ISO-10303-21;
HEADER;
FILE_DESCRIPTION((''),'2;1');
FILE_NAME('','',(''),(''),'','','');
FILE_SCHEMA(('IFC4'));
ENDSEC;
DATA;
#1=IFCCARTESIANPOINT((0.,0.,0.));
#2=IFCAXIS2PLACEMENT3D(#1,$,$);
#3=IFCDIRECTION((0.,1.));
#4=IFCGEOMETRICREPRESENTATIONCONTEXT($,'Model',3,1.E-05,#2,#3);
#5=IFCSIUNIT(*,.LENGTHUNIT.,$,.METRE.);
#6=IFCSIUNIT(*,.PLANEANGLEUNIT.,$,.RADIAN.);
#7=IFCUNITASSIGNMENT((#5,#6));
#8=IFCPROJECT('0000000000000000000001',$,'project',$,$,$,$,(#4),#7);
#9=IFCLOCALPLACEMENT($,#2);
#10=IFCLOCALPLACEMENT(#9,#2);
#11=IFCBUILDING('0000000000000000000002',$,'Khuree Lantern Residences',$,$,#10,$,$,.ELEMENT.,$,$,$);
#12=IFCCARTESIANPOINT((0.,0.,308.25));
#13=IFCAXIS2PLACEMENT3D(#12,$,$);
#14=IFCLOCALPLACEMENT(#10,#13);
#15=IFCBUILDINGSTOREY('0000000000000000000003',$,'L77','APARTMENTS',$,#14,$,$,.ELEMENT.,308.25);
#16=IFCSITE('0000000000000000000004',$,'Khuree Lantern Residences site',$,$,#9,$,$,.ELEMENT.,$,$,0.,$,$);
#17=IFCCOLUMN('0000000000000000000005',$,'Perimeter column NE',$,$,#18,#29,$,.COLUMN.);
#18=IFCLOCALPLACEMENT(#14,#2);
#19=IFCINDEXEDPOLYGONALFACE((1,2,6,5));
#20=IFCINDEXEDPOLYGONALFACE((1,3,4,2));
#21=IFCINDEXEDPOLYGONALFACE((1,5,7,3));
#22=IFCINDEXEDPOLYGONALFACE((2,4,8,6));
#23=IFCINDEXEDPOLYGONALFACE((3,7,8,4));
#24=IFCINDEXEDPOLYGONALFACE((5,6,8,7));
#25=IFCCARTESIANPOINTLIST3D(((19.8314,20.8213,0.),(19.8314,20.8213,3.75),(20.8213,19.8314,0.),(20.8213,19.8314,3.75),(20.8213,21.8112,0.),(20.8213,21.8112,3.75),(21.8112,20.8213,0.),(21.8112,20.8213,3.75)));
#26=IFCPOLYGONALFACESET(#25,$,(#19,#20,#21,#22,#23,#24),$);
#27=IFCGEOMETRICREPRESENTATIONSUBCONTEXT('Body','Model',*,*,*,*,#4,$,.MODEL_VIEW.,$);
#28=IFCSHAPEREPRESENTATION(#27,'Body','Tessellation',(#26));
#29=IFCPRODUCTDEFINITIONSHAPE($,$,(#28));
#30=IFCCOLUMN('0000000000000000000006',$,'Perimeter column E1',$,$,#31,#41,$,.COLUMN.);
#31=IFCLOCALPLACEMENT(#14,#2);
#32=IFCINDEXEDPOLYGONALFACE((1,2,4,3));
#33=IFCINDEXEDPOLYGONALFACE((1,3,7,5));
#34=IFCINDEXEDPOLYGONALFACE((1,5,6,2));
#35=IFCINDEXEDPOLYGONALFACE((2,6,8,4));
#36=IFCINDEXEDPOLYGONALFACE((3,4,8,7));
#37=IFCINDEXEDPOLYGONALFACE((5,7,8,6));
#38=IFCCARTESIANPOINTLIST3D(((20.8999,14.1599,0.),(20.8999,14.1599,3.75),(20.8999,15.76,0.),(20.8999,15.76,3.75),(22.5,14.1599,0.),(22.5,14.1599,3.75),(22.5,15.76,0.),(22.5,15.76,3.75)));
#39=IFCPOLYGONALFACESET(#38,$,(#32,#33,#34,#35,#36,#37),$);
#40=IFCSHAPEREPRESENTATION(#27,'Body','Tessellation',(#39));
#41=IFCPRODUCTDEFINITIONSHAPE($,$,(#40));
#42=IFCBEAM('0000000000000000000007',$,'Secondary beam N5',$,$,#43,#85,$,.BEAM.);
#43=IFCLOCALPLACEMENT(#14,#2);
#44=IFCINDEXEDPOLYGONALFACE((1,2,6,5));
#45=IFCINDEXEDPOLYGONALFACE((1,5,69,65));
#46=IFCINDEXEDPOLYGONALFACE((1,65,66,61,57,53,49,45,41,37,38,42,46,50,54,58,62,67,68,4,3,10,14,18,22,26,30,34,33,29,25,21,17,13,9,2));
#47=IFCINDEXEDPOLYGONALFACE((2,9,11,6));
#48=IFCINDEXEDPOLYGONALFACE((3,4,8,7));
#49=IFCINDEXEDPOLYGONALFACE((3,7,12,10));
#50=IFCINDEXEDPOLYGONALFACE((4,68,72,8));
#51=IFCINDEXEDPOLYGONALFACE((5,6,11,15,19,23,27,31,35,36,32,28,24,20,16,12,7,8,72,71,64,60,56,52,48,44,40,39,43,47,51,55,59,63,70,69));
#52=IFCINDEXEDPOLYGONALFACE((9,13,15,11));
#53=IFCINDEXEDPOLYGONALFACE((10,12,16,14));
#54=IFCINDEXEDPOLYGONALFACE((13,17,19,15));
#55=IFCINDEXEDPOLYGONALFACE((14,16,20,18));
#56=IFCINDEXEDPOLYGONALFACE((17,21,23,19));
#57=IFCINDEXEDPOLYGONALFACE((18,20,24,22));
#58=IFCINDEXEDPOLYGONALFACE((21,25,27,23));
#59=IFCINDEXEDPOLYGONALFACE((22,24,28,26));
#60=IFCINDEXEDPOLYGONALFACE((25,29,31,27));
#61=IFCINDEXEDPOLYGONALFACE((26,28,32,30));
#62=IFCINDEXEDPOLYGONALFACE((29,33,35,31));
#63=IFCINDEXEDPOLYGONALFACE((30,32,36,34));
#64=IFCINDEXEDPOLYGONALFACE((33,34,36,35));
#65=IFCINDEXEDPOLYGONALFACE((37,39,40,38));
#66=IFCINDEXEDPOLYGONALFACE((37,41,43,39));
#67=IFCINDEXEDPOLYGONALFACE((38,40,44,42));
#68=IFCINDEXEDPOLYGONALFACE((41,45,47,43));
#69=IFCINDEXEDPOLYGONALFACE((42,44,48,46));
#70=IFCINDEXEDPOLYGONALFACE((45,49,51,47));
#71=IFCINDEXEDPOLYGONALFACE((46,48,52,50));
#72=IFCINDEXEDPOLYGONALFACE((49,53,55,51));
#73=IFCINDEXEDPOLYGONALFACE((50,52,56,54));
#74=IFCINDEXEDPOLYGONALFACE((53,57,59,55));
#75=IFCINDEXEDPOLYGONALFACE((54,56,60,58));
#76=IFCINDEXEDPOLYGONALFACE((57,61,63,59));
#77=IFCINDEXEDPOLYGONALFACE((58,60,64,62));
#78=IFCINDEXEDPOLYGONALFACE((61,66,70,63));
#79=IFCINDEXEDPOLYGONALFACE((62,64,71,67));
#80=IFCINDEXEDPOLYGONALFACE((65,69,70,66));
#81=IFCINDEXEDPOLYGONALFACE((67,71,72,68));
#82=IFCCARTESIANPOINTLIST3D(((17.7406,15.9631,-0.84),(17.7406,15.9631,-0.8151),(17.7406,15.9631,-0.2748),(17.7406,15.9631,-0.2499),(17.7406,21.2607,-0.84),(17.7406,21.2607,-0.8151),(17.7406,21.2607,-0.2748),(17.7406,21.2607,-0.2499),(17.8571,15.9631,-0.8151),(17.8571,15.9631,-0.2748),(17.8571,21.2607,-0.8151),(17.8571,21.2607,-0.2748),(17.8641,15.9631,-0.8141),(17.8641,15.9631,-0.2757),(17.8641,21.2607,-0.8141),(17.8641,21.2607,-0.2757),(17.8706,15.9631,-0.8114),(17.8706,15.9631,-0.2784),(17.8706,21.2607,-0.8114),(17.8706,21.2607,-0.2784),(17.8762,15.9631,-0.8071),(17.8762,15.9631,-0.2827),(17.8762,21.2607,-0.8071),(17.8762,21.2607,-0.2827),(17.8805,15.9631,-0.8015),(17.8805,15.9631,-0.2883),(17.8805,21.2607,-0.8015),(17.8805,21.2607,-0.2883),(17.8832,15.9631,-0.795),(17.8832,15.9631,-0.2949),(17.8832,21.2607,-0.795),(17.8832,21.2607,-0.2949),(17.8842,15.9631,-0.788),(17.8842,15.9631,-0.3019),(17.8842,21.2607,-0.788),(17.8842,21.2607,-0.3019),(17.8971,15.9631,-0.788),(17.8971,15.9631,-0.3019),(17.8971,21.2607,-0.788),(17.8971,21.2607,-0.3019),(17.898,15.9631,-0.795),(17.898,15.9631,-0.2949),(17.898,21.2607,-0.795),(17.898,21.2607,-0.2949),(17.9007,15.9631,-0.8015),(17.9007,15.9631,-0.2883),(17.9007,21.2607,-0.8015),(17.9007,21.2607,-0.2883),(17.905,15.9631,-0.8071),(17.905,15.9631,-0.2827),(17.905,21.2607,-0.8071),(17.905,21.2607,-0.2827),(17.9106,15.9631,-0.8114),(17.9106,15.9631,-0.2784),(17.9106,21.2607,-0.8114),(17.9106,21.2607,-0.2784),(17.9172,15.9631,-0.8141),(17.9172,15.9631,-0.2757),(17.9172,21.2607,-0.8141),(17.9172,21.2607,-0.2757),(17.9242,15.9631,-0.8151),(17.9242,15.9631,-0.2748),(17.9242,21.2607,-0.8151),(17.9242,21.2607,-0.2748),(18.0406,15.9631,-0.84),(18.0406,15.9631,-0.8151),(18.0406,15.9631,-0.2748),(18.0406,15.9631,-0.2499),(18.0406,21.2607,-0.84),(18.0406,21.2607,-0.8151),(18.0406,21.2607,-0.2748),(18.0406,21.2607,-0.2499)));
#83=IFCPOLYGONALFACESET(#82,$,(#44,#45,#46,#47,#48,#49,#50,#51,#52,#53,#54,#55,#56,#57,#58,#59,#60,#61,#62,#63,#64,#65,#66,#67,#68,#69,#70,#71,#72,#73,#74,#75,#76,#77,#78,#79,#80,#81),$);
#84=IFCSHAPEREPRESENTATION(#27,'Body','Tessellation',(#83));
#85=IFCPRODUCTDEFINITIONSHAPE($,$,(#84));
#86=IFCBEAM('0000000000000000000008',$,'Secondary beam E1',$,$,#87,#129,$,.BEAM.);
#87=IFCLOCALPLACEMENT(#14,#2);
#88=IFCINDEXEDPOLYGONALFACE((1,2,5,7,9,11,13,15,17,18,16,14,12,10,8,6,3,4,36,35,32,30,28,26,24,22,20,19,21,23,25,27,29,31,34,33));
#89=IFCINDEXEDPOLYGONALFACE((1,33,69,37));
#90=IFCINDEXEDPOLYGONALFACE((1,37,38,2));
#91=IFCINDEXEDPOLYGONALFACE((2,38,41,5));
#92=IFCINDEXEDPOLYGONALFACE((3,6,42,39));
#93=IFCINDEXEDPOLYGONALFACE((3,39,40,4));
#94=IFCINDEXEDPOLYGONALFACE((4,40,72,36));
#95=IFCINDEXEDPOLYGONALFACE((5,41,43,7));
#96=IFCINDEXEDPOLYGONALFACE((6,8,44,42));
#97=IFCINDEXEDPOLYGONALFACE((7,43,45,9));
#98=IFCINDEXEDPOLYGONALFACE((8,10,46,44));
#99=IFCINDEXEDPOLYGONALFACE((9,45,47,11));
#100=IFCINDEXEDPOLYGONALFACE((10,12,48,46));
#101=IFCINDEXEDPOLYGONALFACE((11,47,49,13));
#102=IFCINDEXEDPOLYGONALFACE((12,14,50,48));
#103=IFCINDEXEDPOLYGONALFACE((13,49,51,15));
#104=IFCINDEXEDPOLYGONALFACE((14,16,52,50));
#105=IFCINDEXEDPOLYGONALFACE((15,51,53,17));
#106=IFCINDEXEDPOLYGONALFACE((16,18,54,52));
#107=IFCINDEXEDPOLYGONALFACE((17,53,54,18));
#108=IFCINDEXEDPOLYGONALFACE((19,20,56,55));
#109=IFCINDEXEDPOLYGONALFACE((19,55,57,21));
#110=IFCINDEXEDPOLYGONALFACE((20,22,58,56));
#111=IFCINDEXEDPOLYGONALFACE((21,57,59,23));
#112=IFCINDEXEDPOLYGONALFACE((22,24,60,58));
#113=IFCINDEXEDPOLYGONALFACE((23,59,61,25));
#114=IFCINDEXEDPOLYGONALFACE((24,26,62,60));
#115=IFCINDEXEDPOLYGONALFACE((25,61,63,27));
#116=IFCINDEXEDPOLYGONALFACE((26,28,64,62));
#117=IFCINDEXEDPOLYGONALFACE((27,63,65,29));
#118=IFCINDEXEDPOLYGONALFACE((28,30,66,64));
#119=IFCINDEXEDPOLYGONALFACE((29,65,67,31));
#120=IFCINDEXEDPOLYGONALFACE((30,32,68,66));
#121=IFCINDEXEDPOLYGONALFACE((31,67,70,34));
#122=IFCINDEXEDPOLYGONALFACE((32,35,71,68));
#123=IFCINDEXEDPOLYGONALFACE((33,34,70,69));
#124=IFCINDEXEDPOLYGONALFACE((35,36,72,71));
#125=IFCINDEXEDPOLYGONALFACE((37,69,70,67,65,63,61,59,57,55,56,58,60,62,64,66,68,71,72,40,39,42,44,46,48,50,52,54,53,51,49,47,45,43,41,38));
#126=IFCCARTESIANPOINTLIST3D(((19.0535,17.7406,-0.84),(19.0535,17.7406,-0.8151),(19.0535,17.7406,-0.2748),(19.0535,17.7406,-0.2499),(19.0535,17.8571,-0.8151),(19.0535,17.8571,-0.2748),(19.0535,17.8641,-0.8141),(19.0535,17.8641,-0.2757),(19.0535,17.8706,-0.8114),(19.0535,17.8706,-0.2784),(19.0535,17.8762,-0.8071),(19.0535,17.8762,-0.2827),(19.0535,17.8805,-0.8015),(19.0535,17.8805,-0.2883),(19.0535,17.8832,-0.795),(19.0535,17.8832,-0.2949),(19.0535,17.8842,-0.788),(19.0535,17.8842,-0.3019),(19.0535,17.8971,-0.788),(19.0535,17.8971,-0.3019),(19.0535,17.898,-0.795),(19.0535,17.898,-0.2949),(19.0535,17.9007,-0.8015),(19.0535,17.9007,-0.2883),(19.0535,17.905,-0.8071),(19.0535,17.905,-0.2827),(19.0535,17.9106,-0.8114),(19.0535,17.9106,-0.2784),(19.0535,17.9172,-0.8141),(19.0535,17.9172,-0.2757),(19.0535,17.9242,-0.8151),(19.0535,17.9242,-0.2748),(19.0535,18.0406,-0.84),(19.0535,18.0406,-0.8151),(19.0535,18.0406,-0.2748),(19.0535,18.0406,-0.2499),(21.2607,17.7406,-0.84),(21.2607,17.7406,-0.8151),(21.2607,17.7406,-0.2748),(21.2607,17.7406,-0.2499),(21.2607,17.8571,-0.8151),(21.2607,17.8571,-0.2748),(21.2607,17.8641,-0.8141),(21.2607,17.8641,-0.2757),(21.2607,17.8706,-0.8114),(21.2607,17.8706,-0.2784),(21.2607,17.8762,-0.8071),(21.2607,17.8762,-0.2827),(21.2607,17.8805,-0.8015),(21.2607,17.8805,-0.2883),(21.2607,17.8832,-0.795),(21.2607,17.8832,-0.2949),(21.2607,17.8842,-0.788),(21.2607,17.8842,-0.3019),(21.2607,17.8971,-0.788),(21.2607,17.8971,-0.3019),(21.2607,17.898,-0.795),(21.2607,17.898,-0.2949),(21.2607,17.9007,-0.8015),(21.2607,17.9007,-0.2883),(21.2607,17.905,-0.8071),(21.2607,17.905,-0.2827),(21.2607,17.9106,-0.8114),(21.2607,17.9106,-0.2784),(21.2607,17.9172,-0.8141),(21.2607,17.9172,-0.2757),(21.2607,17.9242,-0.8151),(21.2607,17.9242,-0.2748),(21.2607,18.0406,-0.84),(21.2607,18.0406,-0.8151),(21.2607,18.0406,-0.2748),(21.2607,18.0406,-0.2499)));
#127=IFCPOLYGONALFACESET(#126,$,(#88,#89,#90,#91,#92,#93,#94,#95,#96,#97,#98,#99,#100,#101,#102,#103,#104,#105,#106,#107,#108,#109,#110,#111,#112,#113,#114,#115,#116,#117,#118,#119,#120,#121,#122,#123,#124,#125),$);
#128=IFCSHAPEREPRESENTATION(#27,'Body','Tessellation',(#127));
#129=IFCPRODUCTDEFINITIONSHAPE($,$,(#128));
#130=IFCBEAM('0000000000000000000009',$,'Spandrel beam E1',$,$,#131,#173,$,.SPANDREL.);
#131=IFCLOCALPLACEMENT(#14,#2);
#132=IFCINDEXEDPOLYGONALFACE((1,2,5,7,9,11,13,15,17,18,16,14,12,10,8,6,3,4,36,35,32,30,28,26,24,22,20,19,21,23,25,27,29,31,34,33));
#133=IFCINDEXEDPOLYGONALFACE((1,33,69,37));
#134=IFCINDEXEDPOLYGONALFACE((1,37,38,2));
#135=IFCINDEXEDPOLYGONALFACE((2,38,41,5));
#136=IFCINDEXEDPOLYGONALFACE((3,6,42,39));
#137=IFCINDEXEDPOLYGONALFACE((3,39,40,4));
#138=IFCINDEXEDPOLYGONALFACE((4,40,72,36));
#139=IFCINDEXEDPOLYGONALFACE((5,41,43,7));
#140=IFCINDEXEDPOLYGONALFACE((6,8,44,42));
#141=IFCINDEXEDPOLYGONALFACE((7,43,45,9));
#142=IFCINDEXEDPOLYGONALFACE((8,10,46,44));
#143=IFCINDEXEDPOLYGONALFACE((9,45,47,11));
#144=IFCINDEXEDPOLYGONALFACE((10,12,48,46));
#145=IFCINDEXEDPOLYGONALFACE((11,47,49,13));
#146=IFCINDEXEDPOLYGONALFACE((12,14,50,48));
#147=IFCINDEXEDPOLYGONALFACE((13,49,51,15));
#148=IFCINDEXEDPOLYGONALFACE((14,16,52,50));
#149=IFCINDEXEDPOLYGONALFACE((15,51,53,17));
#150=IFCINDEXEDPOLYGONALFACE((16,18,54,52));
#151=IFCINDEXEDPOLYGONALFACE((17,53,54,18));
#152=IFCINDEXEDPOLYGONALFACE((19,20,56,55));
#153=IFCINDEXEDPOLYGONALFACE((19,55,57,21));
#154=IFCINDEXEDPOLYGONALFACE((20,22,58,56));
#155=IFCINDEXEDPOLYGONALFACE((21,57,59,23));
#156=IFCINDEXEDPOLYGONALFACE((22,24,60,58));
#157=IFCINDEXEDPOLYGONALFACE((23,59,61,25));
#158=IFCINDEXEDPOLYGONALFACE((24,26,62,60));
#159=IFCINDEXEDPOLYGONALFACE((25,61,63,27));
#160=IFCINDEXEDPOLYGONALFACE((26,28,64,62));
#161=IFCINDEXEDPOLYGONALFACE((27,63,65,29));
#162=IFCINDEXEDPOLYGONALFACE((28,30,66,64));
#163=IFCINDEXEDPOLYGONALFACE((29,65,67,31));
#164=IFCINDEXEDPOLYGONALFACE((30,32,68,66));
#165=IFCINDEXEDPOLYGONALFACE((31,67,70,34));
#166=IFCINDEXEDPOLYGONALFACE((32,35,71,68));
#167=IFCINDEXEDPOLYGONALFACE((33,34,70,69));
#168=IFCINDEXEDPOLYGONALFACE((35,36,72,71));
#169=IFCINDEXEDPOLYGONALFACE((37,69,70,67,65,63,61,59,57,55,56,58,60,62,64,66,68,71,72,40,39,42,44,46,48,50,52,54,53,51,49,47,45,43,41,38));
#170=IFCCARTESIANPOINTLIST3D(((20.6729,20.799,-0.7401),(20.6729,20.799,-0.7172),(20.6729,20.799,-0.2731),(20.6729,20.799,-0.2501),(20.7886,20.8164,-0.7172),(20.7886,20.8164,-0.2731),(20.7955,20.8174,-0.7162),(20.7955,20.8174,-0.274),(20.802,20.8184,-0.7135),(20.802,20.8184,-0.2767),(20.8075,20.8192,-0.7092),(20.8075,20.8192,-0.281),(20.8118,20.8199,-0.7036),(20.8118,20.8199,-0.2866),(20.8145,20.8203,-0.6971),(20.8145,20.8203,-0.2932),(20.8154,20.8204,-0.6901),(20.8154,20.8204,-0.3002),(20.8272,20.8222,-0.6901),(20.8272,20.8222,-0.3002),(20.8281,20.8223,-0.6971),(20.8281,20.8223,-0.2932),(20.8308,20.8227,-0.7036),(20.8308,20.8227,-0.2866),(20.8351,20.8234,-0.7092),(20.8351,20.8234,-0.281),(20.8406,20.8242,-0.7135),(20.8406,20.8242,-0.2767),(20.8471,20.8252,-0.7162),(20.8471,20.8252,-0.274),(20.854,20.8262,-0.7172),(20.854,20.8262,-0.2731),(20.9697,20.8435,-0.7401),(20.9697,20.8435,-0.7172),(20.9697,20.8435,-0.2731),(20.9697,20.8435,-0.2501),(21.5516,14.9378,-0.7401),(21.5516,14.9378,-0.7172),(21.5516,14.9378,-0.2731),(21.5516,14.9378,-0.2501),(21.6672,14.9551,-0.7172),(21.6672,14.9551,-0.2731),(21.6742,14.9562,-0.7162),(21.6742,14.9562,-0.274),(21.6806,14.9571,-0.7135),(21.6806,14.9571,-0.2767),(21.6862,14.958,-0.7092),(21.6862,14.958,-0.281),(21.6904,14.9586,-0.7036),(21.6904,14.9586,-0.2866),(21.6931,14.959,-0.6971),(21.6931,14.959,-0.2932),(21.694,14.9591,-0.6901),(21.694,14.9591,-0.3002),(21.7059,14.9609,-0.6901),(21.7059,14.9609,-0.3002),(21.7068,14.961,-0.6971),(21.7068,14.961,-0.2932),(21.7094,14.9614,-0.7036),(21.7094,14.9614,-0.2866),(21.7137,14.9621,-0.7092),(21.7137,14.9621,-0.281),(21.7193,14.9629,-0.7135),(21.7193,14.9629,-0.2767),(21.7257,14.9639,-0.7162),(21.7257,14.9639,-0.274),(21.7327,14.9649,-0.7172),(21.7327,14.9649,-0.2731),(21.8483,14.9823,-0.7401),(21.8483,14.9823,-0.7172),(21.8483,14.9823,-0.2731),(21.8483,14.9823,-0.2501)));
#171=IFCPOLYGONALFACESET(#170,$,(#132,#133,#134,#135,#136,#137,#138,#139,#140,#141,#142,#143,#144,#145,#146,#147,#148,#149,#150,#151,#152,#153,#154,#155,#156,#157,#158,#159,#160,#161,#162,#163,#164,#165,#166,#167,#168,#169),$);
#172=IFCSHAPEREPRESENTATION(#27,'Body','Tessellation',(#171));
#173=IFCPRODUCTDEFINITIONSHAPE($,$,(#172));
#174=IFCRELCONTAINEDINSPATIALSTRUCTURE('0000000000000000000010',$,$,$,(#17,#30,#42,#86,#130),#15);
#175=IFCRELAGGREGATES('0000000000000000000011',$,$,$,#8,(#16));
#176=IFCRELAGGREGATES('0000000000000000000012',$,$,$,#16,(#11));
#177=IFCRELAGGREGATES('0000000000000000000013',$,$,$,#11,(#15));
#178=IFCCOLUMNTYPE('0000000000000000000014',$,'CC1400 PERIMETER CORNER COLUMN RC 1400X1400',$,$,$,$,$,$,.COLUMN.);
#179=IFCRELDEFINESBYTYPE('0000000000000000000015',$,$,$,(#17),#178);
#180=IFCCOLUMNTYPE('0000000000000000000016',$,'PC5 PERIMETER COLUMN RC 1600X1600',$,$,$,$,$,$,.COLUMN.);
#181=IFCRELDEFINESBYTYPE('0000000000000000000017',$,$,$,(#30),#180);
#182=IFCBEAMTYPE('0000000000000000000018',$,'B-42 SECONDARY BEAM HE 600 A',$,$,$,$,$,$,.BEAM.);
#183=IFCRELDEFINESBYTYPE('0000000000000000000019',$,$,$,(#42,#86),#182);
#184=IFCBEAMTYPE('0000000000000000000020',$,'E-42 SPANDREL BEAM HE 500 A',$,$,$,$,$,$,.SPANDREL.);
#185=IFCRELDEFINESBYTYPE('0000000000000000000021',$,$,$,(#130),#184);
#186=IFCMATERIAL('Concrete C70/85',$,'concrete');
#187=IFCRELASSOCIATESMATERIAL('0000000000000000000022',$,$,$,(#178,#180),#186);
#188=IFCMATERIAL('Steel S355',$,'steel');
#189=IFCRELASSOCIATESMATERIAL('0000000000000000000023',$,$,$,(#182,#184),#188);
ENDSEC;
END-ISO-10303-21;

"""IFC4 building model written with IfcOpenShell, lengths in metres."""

from ifc_helpers import new_model, si_unit, direction, frame, origin, origin_2d, place, context, subcontext, project, spatial, rectangle, i_section, extrude, material, material_profile, profile_set, type_object, element, save


model = new_model("IFC4")

# Units and contexts
model_context = context("Model", 3, precision=1e-05, world=origin(), true_north=direction((0.0, 1.0)))
body_context = subcontext(model_context, "Body", "Model", "MODEL_VIEW")
ifc_project = project(units=[si_unit("LENGTHUNIT", "METRE"), si_unit("PLANEANGLEUNIT", "RADIAN")], contexts=[model_context])

# Site, building, storey
site_placement = place(None, origin())
site = spatial("IfcSite", under=ifc_project, at=site_placement, Name="Khuree Lantern Residences site", CompositionType="ELEMENT", RefElevation=0.0)
building_placement = place(site_placement, origin())
building = spatial("IfcBuilding", under=site, at=building_placement, Name="Khuree Lantern Residences", CompositionType="ELEMENT")
storey_placement = place(building_placement, frame((0.0, 0.0, 308.25)))
storey = spatial("IfcBuildingStorey", under=building, at=storey_placement, Name="L77", Description="APARTMENTS", CompositionType="ELEMENT", Elevation=308.25)

# Columns
ifc_material_1 = material(Name="Concrete C70/85", Category="concrete")
ifc_material_profile_1 = material_profile(ifc_material_1, rectangle(XDim=1.3999, YDim=1.3999, at=origin_2d()), Name="RC 1400X1400")
ifc_profile_set_1 = profile_set([ifc_material_profile_1], Name="Concrete C70/85")
column_type_1 = type_object("IfcColumnType", Name="CC1400 PERIMETER CORNER COLUMN RC 1400X1400", PredefinedType="COLUMN", material=ifc_profile_set_1)
column_1_placement = place(storey_placement, frame((20.8213, 20.8213, 0.0), z_axis=(0.0, 0.0, 1.0), x_axis=(0.707107, -0.707107, 0.0)))
element("IfcColumn", 1, at=column_1_placement, inside=storey, type_object=column_type_1, Name="Perimeter column NE", PredefinedType="COLUMN", context=body_context, shape_type="SweptSolid", body=[
    extrude(rectangle(XDim=1.3999, YDim=1.3999, at=origin_2d()), origin(), (0.0, 0.0, 1.0), 3.75),
])
ifc_material_profile_2 = material_profile(ifc_material_1, rectangle(XDim=1.6001, YDim=1.6001, at=origin_2d()), Name="RC 1600X1600")
ifc_profile_set_2 = profile_set([ifc_material_profile_2], Name="Concrete C70/85")
column_type_2 = type_object("IfcColumnType", Name="PC5 PERIMETER COLUMN RC 1600X1600", PredefinedType="COLUMN", material=ifc_profile_set_2)
column_2_placement = place(storey_placement, frame((21.7, 14.96, 0.0), z_axis=(0.0, 0.0, 1.0), x_axis=(0.0, 1.0, 0.0)))
element("IfcColumn", 2, at=column_2_placement, inside=storey, type_object=column_type_2, Name="Perimeter column E1", PredefinedType="COLUMN", context=body_context, shape_type="SweptSolid", body=[
    extrude(rectangle(XDim=1.6001, YDim=1.6001, at=origin_2d()), origin(), (0.0, 0.0, 1.0), 3.75),
])

# Beams
ifc_material_2 = material(Name="Steel S355", Category="steel")
ifc_material_profile_3 = material_profile(ifc_material_2, i_section(OverallWidth=0.3, OverallDepth=0.5901, WebThickness=0.0129, FlangeThickness=0.0249, FilletRadius=0.0271, at=origin_2d()), Name="HE 600 A")
ifc_profile_set_3 = profile_set([ifc_material_profile_3], Name="Steel S355")
beam_type_1 = type_object("IfcBeamType", Name="B-42 SECONDARY BEAM HE 600 A", PredefinedType="BEAM", material=ifc_profile_set_3)
beam_1_placement = place(storey_placement, frame((17.8906, 21.2607, -0.5449), z_axis=(0.0, -1.0, 0.0), x_axis=(1.0, 0.0, 0.0)))
element("IfcBeam", 3, at=beam_1_placement, inside=storey, type_object=beam_type_1, Name="Secondary beam N5", PredefinedType="BEAM", context=body_context, shape_type="SweptSolid", body=[
    extrude(i_section(OverallWidth=0.3, OverallDepth=0.5901, WebThickness=0.0129, FlangeThickness=0.0249, FilletRadius=0.0271, at=origin_2d()), origin(), (0.0, 0.0, 1.0), 5.2976),
])
beam_2_placement = place(storey_placement, frame((21.2607, 17.8906, -0.5449), z_axis=(-1.0, 0.0, 0.0), x_axis=(0.0, -1.0, 0.0)))
element("IfcBeam", 4, at=beam_2_placement, inside=storey, type_object=beam_type_1, Name="Secondary beam E1", PredefinedType="BEAM", context=body_context, shape_type="SweptSolid", body=[
    extrude(i_section(OverallWidth=0.3, OverallDepth=0.5901, WebThickness=0.0129, FlangeThickness=0.0249, FilletRadius=0.0271, at=origin_2d()), origin(), (0.0, 0.0, 1.0), 2.2073),
])
ifc_material_profile_4 = material_profile(ifc_material_2, i_section(OverallWidth=0.3, OverallDepth=0.49, WebThickness=0.012, FlangeThickness=0.0229, FilletRadius=0.0271, at=origin_2d()), Name="HE 500 A")
ifc_profile_set_4 = profile_set([ifc_material_profile_4], Name="Steel S355")
beam_type_2 = type_object("IfcBeamType", Name="E-42 SPANDREL BEAM HE 500 A", PredefinedType="SPANDREL", material=ifc_profile_set_4)
beam_3_placement = place(storey_placement, frame((20.8213, 20.8213, -0.4951), z_axis=(0.148252, -0.98895, 0.0), x_axis=(0.98895, 0.148252, 0.0)))
element("IfcBeam", 5, at=beam_3_placement, inside=storey, type_object=beam_type_2, Name="Spandrel beam E1", PredefinedType="SPANDREL", context=body_context, shape_type="SweptSolid", body=[
    extrude(i_section(OverallWidth=0.3, OverallDepth=0.49, WebThickness=0.012, FlangeThickness=0.0229, FilletRadius=0.0271, at=origin_2d()), origin(), (0.0, 0.0, 1.0), 5.9268),
])

save(model, "model.ifc")
